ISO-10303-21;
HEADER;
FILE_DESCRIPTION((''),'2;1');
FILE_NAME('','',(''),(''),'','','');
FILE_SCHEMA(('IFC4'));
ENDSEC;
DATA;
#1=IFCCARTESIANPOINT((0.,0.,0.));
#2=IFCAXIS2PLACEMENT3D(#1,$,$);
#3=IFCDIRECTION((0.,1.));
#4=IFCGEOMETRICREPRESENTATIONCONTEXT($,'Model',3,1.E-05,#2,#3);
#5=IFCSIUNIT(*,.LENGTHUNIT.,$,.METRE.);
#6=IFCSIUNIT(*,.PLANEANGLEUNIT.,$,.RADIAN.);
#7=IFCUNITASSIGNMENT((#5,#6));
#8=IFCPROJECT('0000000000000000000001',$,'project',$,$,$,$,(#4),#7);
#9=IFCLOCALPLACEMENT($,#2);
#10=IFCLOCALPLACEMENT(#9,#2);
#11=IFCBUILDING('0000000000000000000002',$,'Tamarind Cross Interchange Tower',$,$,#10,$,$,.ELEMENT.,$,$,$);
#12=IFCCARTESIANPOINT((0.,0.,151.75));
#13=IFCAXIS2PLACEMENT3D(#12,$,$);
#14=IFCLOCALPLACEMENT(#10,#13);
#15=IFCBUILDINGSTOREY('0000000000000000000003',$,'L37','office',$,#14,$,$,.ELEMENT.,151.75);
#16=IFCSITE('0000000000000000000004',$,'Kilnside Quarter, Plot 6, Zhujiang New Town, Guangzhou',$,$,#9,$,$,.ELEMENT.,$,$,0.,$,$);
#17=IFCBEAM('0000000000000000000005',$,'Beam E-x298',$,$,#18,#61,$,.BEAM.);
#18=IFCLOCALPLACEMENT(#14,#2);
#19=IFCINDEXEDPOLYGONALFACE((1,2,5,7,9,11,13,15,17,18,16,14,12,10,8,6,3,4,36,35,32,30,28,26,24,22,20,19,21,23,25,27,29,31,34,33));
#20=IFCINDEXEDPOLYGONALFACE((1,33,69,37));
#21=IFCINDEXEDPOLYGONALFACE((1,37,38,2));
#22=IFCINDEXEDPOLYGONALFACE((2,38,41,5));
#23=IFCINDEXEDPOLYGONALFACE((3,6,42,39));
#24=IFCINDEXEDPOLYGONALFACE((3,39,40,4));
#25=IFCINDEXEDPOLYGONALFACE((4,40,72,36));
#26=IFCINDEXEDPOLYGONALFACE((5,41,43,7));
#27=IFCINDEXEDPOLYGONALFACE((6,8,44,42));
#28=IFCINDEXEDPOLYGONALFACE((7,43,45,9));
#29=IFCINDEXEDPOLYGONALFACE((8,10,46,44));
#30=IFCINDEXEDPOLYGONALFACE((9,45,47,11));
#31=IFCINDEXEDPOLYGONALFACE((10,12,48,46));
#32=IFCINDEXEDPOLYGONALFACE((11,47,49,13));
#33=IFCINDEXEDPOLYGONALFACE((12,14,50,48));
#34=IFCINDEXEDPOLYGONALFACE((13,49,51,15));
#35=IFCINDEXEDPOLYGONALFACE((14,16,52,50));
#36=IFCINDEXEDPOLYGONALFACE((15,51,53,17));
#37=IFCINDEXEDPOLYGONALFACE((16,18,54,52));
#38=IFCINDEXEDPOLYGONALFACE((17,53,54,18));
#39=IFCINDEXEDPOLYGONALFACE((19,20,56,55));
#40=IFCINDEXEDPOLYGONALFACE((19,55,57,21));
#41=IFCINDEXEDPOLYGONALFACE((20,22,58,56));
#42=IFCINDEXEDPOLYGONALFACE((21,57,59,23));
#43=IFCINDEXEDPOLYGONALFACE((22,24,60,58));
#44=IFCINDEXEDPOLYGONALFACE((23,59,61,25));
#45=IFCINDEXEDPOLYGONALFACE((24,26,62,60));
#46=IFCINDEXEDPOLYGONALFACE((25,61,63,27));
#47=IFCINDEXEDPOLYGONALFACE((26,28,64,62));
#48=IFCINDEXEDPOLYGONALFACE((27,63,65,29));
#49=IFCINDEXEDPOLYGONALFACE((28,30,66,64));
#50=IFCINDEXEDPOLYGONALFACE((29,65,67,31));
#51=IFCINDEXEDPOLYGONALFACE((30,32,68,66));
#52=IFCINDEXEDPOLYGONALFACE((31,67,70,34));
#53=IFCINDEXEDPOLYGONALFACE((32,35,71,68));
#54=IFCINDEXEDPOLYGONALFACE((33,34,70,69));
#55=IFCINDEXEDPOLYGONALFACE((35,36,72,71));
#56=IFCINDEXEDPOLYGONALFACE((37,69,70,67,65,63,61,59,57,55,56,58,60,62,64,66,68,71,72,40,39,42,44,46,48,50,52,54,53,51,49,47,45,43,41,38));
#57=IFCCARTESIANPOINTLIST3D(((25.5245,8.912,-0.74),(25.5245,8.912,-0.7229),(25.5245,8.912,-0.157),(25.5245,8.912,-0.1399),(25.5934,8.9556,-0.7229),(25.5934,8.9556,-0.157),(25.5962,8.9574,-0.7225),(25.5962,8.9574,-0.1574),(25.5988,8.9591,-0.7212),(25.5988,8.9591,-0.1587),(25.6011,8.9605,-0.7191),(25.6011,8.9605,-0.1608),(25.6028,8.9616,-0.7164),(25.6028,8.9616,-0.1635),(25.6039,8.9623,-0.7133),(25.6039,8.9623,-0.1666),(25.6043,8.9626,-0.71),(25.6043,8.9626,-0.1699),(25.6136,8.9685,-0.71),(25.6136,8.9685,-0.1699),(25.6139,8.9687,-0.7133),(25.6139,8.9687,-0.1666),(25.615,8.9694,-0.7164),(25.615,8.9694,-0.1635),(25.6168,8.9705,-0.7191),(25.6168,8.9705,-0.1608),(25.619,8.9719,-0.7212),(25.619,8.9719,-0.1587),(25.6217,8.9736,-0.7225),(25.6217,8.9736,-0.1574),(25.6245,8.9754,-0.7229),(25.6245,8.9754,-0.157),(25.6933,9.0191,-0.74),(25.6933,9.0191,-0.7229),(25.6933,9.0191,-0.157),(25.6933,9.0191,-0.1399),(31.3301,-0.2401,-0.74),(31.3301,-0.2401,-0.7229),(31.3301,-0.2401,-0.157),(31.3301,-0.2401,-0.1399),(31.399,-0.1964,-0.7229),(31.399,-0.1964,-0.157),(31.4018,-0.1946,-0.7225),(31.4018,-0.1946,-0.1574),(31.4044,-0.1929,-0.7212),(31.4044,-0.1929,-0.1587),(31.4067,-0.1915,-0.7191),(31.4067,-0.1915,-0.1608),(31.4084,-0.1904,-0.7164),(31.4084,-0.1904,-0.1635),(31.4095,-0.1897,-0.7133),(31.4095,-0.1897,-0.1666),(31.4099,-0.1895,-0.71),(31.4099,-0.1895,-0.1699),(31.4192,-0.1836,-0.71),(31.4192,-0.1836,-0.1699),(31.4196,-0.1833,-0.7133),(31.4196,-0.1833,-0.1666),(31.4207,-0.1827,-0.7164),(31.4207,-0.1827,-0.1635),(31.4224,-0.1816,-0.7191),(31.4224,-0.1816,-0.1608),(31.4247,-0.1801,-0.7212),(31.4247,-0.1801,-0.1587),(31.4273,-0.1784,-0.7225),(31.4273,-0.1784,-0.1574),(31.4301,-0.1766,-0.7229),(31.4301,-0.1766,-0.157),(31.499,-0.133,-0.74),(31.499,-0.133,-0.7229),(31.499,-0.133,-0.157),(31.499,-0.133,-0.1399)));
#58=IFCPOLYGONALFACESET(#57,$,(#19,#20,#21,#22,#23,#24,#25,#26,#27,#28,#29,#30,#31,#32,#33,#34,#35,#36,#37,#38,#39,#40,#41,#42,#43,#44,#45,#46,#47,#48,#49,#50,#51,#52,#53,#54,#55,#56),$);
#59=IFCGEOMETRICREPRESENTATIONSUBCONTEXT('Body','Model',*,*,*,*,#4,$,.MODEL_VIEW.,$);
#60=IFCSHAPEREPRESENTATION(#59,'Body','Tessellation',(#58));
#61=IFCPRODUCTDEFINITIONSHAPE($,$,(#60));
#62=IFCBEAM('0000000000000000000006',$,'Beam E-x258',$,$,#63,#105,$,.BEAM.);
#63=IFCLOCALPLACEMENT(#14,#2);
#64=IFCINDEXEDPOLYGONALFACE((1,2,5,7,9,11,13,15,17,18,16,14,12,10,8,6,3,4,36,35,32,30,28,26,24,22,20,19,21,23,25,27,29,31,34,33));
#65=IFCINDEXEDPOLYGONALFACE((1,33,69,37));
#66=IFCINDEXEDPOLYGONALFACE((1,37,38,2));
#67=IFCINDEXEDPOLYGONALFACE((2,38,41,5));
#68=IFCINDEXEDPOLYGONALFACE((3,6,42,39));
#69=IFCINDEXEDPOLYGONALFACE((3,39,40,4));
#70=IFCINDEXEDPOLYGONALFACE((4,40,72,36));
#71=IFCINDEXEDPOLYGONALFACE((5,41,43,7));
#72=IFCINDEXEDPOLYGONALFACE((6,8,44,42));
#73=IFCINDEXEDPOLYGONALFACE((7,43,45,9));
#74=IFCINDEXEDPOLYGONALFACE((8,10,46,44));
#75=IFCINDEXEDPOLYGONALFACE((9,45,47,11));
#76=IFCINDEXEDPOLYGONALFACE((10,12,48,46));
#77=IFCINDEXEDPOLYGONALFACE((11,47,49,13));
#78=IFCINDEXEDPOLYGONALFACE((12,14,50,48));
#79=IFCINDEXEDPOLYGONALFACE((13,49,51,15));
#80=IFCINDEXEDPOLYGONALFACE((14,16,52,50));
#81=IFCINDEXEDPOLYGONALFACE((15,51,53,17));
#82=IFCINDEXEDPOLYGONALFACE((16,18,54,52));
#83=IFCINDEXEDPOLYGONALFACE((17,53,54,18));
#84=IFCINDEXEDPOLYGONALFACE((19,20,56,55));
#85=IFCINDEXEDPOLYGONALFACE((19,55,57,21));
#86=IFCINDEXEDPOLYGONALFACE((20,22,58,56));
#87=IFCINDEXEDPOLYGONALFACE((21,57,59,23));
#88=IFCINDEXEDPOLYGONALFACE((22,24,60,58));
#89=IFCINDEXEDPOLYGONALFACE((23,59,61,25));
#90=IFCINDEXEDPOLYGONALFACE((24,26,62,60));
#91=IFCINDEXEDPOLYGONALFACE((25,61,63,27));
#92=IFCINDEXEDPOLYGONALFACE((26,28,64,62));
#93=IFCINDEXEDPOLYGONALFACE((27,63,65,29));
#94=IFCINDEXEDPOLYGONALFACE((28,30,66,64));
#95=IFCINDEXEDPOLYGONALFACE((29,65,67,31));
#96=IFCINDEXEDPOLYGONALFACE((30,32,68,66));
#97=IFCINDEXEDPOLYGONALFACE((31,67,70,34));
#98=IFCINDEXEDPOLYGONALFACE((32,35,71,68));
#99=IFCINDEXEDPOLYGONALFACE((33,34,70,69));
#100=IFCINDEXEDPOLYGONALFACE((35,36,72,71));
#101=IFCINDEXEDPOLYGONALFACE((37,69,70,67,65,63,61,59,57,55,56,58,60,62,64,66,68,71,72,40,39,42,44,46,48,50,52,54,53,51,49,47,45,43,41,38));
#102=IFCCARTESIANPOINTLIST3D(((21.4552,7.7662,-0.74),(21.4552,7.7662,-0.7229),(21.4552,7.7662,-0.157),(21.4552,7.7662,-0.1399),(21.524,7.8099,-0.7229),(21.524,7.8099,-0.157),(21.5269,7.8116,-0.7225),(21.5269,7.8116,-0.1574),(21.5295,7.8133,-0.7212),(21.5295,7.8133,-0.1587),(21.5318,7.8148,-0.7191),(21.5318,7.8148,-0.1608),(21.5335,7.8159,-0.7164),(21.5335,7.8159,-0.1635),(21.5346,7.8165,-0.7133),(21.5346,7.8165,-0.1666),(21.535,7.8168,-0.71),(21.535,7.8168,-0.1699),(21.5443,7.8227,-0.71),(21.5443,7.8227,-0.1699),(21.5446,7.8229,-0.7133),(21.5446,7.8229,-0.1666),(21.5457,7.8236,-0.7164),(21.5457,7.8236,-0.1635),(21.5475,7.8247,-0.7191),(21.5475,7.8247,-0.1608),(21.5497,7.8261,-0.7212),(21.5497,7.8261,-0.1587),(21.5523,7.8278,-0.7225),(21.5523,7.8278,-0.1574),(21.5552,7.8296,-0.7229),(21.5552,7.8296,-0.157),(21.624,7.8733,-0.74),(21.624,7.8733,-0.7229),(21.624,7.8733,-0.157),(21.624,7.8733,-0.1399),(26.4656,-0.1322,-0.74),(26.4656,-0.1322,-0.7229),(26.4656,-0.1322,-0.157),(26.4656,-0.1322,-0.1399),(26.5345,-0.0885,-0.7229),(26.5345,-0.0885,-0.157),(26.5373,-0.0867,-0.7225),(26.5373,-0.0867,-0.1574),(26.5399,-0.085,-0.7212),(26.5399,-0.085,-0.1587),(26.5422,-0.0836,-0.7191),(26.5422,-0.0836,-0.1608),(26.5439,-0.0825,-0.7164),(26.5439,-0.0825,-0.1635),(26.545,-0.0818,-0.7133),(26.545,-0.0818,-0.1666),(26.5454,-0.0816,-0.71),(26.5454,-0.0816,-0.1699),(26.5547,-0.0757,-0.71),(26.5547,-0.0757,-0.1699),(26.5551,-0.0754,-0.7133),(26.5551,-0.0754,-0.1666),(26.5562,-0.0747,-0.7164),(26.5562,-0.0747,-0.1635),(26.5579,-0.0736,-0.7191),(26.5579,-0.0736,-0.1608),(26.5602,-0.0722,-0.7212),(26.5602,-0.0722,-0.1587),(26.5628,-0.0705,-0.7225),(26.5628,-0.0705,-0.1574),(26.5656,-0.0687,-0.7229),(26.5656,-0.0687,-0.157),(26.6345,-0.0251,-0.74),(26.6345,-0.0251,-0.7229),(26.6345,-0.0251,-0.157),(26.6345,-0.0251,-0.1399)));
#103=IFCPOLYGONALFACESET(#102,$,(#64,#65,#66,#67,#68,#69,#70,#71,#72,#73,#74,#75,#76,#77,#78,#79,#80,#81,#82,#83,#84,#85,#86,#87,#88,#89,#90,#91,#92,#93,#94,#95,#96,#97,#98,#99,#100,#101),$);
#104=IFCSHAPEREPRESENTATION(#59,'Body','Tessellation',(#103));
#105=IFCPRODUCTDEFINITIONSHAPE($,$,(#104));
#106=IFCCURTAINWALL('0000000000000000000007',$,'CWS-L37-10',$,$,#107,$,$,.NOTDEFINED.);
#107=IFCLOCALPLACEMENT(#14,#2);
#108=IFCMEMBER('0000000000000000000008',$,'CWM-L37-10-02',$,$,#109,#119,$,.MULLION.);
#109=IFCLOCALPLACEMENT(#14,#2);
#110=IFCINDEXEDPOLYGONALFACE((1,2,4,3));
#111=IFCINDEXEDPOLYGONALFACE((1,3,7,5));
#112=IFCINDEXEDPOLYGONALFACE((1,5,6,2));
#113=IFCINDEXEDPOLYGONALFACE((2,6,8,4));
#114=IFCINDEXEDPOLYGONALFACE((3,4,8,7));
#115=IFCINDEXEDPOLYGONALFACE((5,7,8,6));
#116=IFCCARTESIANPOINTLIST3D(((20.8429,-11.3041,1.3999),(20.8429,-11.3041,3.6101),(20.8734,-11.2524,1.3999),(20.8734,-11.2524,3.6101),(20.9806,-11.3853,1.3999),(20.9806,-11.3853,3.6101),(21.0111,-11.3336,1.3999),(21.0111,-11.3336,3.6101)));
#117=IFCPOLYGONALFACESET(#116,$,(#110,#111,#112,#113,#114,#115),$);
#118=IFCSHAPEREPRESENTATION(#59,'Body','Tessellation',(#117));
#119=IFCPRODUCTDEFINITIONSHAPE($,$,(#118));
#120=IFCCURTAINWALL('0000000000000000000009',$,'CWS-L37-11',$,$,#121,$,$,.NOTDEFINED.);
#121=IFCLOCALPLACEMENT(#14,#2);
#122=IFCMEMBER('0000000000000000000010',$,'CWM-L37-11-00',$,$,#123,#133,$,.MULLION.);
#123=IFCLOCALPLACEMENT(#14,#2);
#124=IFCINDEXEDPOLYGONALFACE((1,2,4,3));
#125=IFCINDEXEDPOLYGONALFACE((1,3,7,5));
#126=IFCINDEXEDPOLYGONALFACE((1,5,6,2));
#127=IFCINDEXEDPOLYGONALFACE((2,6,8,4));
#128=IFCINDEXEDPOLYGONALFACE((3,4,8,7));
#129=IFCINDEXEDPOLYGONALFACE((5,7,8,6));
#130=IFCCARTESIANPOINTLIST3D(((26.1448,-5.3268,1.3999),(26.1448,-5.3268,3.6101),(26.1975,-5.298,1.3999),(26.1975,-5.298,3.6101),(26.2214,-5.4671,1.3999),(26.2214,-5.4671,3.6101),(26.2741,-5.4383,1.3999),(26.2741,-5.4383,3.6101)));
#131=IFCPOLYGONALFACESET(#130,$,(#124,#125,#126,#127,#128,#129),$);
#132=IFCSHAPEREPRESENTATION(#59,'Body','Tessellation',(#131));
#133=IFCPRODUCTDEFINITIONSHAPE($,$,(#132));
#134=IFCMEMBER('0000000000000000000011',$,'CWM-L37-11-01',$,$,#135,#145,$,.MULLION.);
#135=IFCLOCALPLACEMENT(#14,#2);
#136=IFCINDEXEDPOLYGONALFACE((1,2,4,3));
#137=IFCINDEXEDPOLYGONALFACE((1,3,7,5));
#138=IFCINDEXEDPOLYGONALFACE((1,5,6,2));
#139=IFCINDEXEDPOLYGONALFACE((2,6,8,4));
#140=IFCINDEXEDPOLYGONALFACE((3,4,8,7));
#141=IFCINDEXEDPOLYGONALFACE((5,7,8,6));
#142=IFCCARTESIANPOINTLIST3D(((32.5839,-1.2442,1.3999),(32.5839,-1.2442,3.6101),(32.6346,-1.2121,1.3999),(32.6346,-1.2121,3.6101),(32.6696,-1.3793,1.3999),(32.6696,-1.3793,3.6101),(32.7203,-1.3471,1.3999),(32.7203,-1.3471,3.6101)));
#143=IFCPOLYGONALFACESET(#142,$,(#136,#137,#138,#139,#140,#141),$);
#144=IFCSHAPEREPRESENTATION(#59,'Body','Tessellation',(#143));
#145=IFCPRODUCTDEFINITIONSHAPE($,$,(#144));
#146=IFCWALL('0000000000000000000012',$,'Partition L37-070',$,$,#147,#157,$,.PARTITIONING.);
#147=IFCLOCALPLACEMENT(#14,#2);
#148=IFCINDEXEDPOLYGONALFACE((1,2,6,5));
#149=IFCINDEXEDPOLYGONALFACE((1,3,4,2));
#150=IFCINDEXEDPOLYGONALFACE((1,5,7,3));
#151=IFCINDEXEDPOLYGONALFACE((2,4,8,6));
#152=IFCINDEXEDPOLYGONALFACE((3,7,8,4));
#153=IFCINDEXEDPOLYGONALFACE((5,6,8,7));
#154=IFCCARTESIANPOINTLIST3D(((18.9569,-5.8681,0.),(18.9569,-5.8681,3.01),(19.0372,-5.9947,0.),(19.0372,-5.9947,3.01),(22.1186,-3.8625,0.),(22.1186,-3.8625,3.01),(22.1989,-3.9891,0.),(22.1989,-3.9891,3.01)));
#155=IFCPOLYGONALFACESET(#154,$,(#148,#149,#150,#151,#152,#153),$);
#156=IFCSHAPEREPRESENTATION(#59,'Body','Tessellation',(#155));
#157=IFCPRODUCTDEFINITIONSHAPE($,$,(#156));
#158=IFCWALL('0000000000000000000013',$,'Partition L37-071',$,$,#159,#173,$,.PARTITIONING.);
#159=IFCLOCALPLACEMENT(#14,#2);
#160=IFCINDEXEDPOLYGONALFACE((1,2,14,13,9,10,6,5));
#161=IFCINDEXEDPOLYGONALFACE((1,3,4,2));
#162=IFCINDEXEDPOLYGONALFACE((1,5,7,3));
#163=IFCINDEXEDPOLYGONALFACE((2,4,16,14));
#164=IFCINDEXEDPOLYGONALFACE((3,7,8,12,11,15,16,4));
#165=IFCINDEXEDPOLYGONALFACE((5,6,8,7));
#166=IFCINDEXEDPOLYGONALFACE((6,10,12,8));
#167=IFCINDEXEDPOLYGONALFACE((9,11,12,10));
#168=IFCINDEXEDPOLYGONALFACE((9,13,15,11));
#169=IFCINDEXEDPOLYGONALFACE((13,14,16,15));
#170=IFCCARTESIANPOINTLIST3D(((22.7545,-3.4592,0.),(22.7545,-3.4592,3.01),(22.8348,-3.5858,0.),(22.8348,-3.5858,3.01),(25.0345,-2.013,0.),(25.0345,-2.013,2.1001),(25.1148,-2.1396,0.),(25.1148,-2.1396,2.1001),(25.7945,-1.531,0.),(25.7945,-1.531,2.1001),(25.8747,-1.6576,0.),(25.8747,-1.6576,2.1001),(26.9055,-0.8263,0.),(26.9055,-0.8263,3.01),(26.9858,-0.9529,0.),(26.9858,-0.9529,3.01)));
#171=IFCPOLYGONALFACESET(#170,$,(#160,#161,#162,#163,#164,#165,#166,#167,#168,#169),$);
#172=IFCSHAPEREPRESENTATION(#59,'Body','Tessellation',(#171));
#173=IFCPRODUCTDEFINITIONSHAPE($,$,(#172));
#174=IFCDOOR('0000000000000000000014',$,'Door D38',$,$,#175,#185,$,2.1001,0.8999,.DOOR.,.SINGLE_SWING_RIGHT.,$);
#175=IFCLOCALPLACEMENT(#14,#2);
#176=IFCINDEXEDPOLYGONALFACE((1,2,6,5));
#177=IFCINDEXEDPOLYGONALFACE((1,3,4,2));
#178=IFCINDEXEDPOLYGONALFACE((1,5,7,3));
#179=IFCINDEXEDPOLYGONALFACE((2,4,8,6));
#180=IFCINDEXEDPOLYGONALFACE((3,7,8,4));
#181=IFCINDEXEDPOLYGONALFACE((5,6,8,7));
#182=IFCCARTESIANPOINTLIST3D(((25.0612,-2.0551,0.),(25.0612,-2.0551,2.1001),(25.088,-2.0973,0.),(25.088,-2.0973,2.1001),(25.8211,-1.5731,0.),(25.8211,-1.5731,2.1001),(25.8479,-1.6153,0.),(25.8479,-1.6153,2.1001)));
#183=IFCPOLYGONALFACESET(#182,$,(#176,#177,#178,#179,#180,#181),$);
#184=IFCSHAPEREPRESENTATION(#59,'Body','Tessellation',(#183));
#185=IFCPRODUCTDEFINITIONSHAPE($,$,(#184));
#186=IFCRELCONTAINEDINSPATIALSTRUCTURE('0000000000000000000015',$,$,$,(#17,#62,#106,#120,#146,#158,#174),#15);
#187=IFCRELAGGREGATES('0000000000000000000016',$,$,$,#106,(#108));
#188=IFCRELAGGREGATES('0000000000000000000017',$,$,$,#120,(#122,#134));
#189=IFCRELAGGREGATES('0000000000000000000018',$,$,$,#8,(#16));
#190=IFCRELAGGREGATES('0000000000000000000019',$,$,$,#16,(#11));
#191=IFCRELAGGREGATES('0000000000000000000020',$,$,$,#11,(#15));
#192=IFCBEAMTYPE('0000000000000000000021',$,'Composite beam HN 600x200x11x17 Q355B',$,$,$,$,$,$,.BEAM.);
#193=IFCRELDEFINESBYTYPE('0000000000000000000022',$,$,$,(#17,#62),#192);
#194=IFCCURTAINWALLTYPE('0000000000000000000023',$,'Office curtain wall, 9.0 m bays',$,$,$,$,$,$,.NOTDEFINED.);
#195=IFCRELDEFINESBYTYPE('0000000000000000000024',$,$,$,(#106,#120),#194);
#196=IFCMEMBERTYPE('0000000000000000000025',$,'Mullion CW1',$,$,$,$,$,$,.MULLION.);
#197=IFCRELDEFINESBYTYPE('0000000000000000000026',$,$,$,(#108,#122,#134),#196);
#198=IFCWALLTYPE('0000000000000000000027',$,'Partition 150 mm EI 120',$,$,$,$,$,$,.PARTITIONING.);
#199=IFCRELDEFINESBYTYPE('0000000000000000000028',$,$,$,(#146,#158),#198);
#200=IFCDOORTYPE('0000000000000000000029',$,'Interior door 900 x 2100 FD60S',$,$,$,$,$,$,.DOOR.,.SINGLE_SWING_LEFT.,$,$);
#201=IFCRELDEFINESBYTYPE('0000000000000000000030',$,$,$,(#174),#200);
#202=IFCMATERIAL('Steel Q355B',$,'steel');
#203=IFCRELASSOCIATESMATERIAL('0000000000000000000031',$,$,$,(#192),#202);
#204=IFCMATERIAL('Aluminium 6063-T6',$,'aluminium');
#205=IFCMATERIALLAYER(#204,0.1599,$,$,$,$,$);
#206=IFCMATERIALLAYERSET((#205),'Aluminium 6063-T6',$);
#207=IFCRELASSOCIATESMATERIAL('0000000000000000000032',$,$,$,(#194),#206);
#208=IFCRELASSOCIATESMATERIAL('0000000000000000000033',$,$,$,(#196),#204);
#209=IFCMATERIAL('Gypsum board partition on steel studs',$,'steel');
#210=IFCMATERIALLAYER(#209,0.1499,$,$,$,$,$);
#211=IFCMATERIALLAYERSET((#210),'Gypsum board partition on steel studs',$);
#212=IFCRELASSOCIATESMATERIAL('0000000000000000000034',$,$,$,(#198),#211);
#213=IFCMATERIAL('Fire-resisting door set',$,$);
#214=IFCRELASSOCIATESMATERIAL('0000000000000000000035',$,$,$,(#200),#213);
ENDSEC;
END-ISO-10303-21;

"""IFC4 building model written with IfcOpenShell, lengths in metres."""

from ifc_helpers import new_model, si_unit, direction, frame, frame_2d, origin, origin_2d, place, context, subcontext, project, spatial, rectangle, i_section, extrude, material, layer, layer_set, material_profile, profile_set, type_object, element, fill, aggregate, save


model = new_model("IFC4")

# Units and contexts
model_context = context("Model", 3, precision=1e-05, world=origin(), true_north=direction((0.0, 1.0)))
body_context = subcontext(model_context, "Body", "Model", "MODEL_VIEW")
ifc_project = project(units=[si_unit("LENGTHUNIT", "METRE"), si_unit("PLANEANGLEUNIT", "RADIAN")], contexts=[model_context])

# Site, building, storey
site_placement = place(None, origin())
site = spatial("IfcSite", under=ifc_project, at=site_placement, Name="Kilnside Quarter, Plot 6, Zhujiang New Town, Guangzhou", CompositionType="ELEMENT", RefElevation=0.0)
building_placement = place(site_placement, origin())
building = spatial("IfcBuilding", under=site, at=building_placement, Name="Tamarind Cross Interchange Tower", CompositionType="ELEMENT")
storey_placement = place(building_placement, frame((0.0, 0.0, 151.75)))
storey = spatial("IfcBuildingStorey", under=building, at=storey_placement, Name="L37", Description="office", CompositionType="ELEMENT", Elevation=151.75)

# Beams
ifc_material_1 = material(Name="Steel Q355B", Category="steel")
ifc_material_profile_1 = material_profile(ifc_material_1, i_section(OverallWidth=0.2, OverallDepth=0.6001, WebThickness=0.011, FlangeThickness=0.0171, FilletRadius=0.0129, at=origin_2d()), Name="HN 600x200x11x17")
ifc_profile_set_1 = profile_set([ifc_material_profile_1], Name="Steel Q355B")
beam_type_1 = type_object("IfcBeamType", Name="Composite beam HN 600x200x11x17 Q355B", PredefinedType="BEAM", material=ifc_profile_set_1)
beam_1_placement = place(storey_placement, frame((31.4146, -0.1865, -0.4399), z_axis=(-0.535667, 0.84443, 0.0), x_axis=(-0.84443, -0.535667, 0.0)))
element("IfcBeam", 1, at=beam_1_placement, inside=storey, type_object=beam_type_1, Name="Beam E-x298", PredefinedType="BEAM", context=body_context, shape_type="SweptSolid", body=[
    extrude(i_section(OverallWidth=0.2, OverallDepth=0.6001, WebThickness=0.011, FlangeThickness=0.0171, FilletRadius=0.0129, at=origin_2d()), origin(), (0.0, 0.0, 1.0), 10.8381),
])
beam_2_placement = place(storey_placement, frame((26.55, -0.0786, -0.4399), z_axis=(-0.535674, 0.844425, 0.0), x_axis=(-0.844425, -0.535674, 0.0)))
element("IfcBeam", 2, at=beam_2_placement, inside=storey, type_object=beam_type_1, Name="Beam E-x258", PredefinedType="BEAM", context=body_context, shape_type="SweptSolid", body=[
    extrude(i_section(OverallWidth=0.2, OverallDepth=0.6001, WebThickness=0.011, FlangeThickness=0.0171, FilletRadius=0.0129, at=origin_2d()), origin(), (0.0, 0.0, 1.0), 9.3535),
])

# Curtain wall, member
ifc_material_2 = material(Name="Aluminium 6063-T6", Category="aluminium")
ifc_layer_1 = layer(ifc_material_2, 0.1599)
ifc_layer_set_1 = layer_set([ifc_layer_1], Name="Aluminium 6063-T6")
curtain_wall_type = type_object("IfcCurtainWallType", Name="Office curtain wall, 9.0 m bays", PredefinedType="NOTDEFINED", material=ifc_layer_set_1)
curtain_wall_1_placement = place(storey_placement, origin())
curtain_wall_1 = element("IfcCurtainWall", 3, at=curtain_wall_1_placement, inside=storey, type_object=curtain_wall_type, Name="CWS-L37-10", PredefinedType="NOTDEFINED")
ifc_material_profile_2 = material_profile(ifc_material_2, rectangle(XDim=0.0601, YDim=0.1599, at=origin_2d()), Name="Mullion CW1")
ifc_profile_set_2 = profile_set([ifc_material_profile_2], Name="Aluminium 6063-T6")
member_type = type_object("IfcMemberType", Name="Mullion CW1", PredefinedType="MULLION", material=ifc_profile_set_2)
member_1_placement = place(storey_placement, frame((20.927, -11.3188, 1.3999), z_axis=(0.0, 0.0, 1.0), x_axis=(0.508183, 0.861249, 0.0)))
member_1 = element("IfcMember", 4, at=member_1_placement, type_object=member_type, Name="CWM-L37-10-02", PredefinedType="MULLION", context=body_context, shape_type="SweptSolid", body=[
    extrude(rectangle(XDim=0.0601, YDim=0.1599, at=origin_2d()), origin(), (0.0, 0.0, 1.0), 2.2102),
])
aggregate(curtain_wall_1, [member_1])

# Curtain wall, members
curtain_wall_2_placement = place(storey_placement, origin())
curtain_wall_2 = element("IfcCurtainWall", 5, at=curtain_wall_2_placement, inside=storey, type_object=curtain_wall_type, Name="CWS-L37-11", PredefinedType="NOTDEFINED")
member_2_placement = place(storey_placement, frame((26.2095, -5.3826, 1.3999), z_axis=(0.0, 0.0, 1.0), x_axis=(0.877659, 0.479286, 0.0)))
member_2 = element("IfcMember", 6, at=member_2_placement, type_object=member_type, Name="CWM-L37-11-00", PredefinedType="MULLION", context=body_context, shape_type="SweptSolid", body=[
    extrude(rectangle(XDim=0.0601, YDim=0.1599, at=origin_2d()), origin(), (0.0, 0.0, 1.0), 2.2102),
])
member_3_placement = place(storey_placement, frame((32.6521, -1.2957, 1.3999), z_axis=(0.0, 0.0, 1.0), x_axis=(0.844433, 0.535662, 0.0)))
member_3 = element("IfcMember", 7, at=member_3_placement, type_object=member_type, Name="CWM-L37-11-01", PredefinedType="MULLION", context=body_context, shape_type="SweptSolid", body=[
    extrude(rectangle(XDim=0.0601, YDim=0.1599, at=origin_2d()), origin(), (0.0, 0.0, 1.0), 2.2102),
])
aggregate(curtain_wall_2, [member_2, member_3])

# Wall
ifc_material_3 = material(Name="Gypsum board partition on steel studs", Category="steel")
ifc_layer_2 = layer(ifc_material_3, 0.1499)
ifc_layer_set_2 = layer_set([ifc_layer_2], Name="Gypsum board partition on steel studs")
wall_type = type_object("IfcWallType", Name="Partition 150 mm EI 120", PredefinedType="PARTITIONING", material=ifc_layer_set_2)
wall_1_placement = place(storey_placement, frame((18.9971, -5.9314, 0.0), z_axis=(0.0, 0.0, 1.0), x_axis=(0.844426, 0.535672, 0.0)))
element("IfcWall", 8, at=wall_1_placement, inside=storey, type_object=wall_type, Name="Partition L37-070", PredefinedType="PARTITIONING", context=body_context, shape_type="SweptSolid", body=[
    extrude(rectangle(XDim=3.7441, YDim=0.1499, at=frame_2d((1.8721, 0.0))), origin(), (0.0, 0.0, 1.0), 3.01),
])

# Wall, opening, door
wall_2_placement = place(storey_placement, frame((22.7947, -3.5225, 0.0), z_axis=(0.0, 0.0, 1.0), x_axis=(0.844458, 0.535622, 0.0)))
wall_2 = element("IfcWall", 9, at=wall_2_placement, inside=storey, type_object=wall_type, Name="Partition L37-071", PredefinedType="PARTITIONING", context=body_context, shape_type="SweptSolid", body=[
    extrude(rectangle(XDim=4.9155, YDim=0.1499, at=frame_2d((2.4578, 0.0))), origin(), (0.0, 0.0, 1.0), 3.01),
])
opening_placement = place(wall_2_placement, frame((2.7, 0.0, 0.0)))
opening = element("IfcOpeningElement", 10, at=opening_placement, cuts=wall_2, PredefinedType="OPENING", context=body_context, shape_type="SweptSolid", body=[
    extrude(rectangle(XDim=0.8999, YDim=2.1001, at=frame_2d((0.45, 1.05))), frame((0.0, 0.085, 0.0), z_axis=(0.0, -1.0, 0.0), x_axis=(1.0, 0.0, 0.0)), (0.0, 0.0, 1.0), 0.1699),
])
ifc_material_4 = material(Name="Fire-resisting door set")
door_type = type_object("IfcDoorType", Name="Interior door 900 x 2100 FD60S", OperationType="SINGLE_SWING_LEFT", PredefinedType="DOOR", material=ifc_material_4)
door_placement = place(opening_placement, frame((0.8999, 0.0, 0.0), z_axis=(0.0, 0.0, 1.0), x_axis=(-1.0, 0.0, 0.0)))
door = element("IfcDoor", 11, at=door_placement, inside=storey, type_object=door_type, Name="Door D38", OperationType="SINGLE_SWING_RIGHT", OverallHeight=2.1001, OverallWidth=0.8999, PredefinedType="DOOR", context=body_context, shape_type="SweptSolid", body=[
    extrude(rectangle(XDim=0.8999, YDim=2.1001, at=frame_2d((0.45, 1.05))), frame((0.0, 0.0249, 0.0), z_axis=(0.0, -1.0, 0.0), x_axis=(1.0, 0.0, 0.0)), (0.0, 0.0, 1.0), 0.05),
])
fill(opening, door)

save(model, "model.ifc")
